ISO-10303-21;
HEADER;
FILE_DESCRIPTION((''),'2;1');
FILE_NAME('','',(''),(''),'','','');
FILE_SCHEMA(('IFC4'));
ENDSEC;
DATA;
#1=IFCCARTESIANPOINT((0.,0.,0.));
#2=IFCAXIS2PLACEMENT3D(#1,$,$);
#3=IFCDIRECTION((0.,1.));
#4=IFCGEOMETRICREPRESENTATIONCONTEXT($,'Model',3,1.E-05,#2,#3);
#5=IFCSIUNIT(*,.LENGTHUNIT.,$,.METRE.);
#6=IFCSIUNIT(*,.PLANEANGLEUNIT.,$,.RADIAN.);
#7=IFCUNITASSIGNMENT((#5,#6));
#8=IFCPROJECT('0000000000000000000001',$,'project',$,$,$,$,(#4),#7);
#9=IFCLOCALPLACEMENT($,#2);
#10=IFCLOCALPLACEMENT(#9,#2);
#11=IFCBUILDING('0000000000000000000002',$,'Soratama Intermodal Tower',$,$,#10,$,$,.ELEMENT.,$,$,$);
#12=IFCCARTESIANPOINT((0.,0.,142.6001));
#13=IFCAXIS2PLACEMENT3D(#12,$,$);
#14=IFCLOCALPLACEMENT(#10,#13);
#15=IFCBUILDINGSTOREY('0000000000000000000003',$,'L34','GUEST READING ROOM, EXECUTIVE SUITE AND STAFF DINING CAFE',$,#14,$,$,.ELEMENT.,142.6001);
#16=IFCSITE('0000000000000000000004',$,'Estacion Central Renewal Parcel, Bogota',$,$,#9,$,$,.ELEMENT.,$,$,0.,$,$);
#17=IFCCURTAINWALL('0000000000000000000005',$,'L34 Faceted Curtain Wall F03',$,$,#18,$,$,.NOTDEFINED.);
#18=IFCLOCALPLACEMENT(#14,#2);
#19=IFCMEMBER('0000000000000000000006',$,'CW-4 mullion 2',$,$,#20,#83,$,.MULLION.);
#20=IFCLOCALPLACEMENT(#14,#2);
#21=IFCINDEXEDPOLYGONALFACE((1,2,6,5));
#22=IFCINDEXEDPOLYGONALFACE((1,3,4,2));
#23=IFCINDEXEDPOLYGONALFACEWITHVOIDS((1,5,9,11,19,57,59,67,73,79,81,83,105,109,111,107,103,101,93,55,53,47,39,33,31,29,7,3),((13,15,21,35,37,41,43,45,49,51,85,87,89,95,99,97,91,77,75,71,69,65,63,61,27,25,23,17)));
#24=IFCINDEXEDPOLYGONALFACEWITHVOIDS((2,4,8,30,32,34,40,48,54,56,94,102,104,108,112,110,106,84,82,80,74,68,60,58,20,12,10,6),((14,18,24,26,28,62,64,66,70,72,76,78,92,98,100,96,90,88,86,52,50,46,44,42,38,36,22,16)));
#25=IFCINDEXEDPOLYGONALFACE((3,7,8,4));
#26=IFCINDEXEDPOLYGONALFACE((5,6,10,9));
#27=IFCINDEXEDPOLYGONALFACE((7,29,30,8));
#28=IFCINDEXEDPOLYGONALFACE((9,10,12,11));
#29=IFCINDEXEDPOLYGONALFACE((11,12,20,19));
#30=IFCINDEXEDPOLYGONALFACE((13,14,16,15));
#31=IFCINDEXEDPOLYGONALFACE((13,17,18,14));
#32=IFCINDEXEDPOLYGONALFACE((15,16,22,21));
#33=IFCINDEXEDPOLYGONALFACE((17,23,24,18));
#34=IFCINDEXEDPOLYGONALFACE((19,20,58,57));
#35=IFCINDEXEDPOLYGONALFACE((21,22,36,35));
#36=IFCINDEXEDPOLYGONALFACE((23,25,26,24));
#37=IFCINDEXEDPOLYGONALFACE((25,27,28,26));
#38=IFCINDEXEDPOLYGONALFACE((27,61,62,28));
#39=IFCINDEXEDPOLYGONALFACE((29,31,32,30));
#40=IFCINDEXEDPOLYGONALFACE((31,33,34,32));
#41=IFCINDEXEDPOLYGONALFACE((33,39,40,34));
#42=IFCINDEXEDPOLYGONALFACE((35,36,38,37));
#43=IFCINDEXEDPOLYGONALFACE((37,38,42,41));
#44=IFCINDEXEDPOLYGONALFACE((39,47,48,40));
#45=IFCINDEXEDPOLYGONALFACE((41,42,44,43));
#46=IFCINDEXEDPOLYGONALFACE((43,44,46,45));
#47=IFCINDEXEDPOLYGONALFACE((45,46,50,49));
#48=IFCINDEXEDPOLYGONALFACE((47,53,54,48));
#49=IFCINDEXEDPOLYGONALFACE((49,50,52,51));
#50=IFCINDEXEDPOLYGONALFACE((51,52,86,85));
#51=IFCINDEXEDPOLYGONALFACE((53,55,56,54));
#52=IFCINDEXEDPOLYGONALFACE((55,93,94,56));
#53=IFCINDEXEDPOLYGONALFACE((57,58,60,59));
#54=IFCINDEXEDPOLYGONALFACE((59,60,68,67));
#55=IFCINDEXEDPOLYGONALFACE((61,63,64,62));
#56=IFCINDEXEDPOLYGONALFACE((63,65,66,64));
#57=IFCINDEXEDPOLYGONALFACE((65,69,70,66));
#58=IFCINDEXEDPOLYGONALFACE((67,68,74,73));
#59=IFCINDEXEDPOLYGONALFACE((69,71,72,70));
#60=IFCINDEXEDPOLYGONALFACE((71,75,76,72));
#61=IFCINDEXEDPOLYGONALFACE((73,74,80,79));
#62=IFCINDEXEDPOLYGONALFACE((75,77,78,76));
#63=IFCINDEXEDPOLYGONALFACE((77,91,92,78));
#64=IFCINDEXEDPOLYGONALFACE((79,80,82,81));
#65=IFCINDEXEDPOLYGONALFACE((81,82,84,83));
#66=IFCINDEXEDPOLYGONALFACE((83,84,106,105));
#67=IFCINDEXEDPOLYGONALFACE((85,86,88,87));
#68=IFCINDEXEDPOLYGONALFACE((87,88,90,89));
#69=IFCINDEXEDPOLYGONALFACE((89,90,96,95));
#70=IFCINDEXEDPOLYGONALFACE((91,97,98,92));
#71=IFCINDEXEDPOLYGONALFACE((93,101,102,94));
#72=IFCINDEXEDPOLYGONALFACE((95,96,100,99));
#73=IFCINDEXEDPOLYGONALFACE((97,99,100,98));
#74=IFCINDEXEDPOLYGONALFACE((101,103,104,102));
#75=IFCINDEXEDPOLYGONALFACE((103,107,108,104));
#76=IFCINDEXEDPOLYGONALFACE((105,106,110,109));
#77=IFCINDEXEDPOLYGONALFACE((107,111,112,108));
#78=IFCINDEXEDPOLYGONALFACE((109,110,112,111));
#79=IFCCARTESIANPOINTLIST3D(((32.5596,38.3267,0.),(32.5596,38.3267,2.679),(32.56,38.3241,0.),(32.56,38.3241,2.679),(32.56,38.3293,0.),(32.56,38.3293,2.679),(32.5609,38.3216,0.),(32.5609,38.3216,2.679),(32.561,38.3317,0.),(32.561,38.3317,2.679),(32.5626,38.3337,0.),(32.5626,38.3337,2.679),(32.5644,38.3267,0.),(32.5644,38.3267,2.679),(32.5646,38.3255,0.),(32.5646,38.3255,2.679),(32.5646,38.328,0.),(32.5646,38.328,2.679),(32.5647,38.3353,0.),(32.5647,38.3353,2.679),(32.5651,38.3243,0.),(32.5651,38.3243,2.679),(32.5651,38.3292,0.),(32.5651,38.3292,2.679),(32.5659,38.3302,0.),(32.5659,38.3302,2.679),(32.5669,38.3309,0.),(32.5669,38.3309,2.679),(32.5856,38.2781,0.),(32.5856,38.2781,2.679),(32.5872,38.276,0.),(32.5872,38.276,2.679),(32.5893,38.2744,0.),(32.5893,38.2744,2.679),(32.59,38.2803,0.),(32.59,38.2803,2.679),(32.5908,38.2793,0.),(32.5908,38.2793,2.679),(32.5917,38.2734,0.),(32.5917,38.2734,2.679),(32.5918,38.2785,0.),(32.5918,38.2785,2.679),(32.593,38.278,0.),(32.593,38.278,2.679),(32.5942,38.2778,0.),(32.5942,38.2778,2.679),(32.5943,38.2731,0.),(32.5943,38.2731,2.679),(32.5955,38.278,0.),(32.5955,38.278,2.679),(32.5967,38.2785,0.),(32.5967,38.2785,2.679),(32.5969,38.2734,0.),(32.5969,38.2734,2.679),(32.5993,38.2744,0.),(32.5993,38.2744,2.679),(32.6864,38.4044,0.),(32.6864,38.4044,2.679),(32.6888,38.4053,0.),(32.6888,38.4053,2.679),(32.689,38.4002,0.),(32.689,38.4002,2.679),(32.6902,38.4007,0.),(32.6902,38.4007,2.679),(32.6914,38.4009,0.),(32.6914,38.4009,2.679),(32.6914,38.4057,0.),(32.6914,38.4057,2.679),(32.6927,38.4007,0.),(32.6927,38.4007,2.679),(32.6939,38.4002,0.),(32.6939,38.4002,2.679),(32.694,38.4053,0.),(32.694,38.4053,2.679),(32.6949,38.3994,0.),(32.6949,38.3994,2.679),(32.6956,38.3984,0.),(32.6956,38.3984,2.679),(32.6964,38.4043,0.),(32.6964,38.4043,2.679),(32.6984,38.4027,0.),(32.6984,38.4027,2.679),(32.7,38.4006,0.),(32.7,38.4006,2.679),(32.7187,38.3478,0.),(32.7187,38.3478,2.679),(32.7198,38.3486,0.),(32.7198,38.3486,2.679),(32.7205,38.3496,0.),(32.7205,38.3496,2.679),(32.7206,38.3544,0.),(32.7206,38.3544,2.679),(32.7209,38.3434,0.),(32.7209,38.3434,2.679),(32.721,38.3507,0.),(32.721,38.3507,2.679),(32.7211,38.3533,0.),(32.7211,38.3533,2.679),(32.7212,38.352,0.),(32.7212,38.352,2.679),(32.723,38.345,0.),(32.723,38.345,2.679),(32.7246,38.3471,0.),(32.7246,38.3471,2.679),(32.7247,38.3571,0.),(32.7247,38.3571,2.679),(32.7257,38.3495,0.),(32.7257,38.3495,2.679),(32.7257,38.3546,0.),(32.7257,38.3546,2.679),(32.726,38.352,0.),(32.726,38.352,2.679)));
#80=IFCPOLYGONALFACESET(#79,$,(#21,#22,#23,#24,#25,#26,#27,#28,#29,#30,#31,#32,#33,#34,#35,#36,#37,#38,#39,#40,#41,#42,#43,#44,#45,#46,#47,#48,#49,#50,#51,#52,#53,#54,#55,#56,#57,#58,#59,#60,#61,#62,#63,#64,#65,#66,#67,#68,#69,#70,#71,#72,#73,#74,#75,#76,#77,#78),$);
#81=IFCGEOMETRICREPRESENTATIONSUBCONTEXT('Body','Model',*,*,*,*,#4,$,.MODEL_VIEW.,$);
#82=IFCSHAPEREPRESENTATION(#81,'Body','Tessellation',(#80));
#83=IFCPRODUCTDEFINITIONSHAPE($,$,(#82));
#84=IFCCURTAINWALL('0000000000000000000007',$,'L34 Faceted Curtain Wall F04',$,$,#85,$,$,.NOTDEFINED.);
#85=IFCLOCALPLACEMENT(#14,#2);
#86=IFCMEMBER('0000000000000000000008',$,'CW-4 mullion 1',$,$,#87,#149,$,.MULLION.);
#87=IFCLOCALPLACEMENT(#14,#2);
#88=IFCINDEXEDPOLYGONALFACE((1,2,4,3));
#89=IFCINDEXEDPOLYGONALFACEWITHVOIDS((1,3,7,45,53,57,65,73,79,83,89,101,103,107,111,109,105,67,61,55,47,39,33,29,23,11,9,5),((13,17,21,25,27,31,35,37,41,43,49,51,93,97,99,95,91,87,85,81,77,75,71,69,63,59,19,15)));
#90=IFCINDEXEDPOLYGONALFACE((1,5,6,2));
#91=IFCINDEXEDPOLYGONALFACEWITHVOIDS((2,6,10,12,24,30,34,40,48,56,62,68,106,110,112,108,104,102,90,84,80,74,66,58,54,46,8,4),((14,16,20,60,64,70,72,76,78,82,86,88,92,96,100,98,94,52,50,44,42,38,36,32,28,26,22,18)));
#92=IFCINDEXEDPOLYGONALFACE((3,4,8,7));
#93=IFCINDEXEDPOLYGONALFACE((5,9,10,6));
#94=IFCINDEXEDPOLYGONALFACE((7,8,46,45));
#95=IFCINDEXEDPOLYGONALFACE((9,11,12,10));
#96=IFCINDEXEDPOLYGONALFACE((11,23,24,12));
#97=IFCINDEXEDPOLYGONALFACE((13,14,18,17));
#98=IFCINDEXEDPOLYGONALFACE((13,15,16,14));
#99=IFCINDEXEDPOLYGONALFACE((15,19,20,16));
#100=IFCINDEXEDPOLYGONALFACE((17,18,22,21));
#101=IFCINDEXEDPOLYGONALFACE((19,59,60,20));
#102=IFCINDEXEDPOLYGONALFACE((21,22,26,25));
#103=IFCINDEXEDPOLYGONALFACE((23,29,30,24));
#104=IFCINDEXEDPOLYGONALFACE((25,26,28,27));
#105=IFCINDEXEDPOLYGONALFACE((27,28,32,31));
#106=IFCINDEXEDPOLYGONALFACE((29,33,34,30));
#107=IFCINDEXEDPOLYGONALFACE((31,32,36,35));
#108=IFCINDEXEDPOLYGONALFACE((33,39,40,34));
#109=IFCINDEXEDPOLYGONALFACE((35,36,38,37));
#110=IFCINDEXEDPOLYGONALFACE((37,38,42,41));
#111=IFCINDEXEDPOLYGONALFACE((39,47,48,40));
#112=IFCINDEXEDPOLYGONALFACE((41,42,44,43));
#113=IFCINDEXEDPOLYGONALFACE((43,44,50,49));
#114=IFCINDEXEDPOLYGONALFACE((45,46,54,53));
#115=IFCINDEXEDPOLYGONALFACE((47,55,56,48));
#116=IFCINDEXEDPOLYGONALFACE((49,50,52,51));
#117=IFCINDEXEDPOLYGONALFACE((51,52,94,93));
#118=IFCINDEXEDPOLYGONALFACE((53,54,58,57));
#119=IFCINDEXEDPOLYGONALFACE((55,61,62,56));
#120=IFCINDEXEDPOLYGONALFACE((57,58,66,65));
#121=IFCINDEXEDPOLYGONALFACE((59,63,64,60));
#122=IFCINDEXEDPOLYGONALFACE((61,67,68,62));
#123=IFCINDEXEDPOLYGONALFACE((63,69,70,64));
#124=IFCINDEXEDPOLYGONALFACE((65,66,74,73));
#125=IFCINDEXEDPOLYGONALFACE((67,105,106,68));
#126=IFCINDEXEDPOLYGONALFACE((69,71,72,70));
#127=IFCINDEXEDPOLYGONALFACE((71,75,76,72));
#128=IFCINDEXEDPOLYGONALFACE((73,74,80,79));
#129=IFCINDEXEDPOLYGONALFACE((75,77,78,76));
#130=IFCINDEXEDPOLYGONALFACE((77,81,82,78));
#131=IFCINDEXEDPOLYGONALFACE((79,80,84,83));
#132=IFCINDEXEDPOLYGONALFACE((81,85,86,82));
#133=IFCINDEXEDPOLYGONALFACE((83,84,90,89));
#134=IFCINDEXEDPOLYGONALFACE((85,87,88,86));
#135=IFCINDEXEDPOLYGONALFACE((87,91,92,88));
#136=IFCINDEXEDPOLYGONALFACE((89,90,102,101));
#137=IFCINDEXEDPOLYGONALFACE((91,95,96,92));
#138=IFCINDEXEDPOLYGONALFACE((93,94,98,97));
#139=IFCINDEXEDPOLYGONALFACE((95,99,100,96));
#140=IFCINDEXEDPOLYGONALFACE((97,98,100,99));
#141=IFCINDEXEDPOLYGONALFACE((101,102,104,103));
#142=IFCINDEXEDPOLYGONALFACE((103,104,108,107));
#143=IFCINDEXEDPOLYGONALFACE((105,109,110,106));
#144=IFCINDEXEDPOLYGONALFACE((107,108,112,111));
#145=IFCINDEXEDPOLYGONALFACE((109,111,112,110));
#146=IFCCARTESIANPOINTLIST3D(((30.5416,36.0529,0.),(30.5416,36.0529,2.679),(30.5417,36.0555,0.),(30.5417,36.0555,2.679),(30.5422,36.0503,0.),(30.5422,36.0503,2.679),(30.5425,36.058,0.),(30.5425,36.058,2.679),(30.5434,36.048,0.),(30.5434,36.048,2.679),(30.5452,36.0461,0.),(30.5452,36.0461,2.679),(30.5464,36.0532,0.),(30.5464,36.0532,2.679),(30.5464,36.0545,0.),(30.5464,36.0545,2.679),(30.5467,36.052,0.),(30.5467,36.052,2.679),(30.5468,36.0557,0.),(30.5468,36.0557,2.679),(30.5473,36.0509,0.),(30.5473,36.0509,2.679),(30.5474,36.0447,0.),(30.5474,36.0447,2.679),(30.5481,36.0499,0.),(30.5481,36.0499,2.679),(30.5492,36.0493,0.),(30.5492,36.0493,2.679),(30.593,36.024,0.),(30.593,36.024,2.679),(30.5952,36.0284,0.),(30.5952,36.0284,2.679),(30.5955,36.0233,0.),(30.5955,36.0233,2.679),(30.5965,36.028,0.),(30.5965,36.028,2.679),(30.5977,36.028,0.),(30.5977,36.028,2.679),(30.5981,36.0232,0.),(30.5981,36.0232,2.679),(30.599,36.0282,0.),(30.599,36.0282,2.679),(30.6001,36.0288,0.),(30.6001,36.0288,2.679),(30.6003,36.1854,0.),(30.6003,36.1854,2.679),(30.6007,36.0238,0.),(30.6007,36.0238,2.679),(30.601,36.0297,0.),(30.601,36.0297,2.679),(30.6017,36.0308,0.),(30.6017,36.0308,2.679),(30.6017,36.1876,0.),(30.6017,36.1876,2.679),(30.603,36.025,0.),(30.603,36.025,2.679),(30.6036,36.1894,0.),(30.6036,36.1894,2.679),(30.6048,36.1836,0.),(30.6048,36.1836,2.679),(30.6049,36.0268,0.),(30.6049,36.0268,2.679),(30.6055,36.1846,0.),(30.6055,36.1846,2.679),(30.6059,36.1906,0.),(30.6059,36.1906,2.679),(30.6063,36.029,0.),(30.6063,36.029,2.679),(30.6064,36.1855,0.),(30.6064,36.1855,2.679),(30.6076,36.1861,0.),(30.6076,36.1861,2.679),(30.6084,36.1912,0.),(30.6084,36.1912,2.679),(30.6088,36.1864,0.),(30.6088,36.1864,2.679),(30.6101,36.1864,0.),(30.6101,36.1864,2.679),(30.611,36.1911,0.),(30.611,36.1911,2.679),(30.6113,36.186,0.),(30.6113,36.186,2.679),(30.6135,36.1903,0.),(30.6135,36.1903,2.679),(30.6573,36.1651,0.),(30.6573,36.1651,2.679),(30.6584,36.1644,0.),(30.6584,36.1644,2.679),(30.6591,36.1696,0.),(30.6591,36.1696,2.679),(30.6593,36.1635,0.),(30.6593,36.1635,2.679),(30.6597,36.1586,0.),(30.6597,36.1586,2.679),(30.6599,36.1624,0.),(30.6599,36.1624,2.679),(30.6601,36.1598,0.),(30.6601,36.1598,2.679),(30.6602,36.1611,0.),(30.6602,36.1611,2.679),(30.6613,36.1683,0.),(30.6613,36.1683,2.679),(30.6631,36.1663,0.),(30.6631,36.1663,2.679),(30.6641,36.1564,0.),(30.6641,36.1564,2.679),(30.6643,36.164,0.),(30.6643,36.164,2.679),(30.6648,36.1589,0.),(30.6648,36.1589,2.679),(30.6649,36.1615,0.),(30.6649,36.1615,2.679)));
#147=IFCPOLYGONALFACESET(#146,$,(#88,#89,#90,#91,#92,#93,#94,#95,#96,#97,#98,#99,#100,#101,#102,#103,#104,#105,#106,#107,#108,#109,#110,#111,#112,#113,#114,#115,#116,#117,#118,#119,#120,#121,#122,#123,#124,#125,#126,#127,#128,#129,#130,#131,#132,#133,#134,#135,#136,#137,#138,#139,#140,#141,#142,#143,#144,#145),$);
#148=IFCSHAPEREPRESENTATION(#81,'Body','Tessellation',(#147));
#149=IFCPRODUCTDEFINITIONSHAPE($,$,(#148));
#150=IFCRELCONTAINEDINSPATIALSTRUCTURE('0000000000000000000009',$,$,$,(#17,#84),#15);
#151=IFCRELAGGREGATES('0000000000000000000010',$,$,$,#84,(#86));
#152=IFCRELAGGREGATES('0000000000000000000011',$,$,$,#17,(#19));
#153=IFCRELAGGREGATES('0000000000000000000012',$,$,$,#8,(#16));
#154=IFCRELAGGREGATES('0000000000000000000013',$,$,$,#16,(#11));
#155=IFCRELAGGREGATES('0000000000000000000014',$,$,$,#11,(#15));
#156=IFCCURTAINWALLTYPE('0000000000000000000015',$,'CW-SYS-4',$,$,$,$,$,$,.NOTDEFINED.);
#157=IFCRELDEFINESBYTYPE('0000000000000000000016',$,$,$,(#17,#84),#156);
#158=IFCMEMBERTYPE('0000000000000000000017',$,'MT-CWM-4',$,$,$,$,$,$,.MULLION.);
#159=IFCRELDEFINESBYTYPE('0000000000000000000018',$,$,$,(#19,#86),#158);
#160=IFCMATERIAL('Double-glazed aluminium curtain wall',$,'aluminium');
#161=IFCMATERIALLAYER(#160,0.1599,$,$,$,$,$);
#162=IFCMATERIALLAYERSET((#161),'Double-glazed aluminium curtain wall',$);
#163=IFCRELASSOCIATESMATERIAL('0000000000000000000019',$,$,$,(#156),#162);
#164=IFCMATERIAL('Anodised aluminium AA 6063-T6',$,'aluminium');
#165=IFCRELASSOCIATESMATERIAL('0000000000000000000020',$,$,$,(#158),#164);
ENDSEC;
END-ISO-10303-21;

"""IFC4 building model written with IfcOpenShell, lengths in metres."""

from ifc_helpers import new_model, si_unit, direction, frame, origin, origin_2d, place, context, subcontext, project, spatial, hollow_rectangle, extrude, material, layer, layer_set, material_profile, profile_set, type_object, element, aggregate, save


model = new_model("IFC4")

# Units and contexts
model_context = context("Model", 3, precision=1e-05, world=origin(), true_north=direction((0.0, 1.0)))
body_context = subcontext(model_context, "Body", "Model", "MODEL_VIEW")
ifc_project = project(units=[si_unit("LENGTHUNIT", "METRE"), si_unit("PLANEANGLEUNIT", "RADIAN")], contexts=[model_context])

# Site, building, storey
site_placement = place(None, origin())
site = spatial("IfcSite", under=ifc_project, at=site_placement, Name="Estacion Central Renewal Parcel, Bogota", CompositionType="ELEMENT", RefElevation=0.0)
building_placement = place(site_placement, origin())
building = spatial("IfcBuilding", under=site, at=building_placement, Name="Soratama Intermodal Tower", CompositionType="ELEMENT")
storey_placement = place(building_placement, frame((0.0, 0.0, 142.6001)))
storey = spatial("IfcBuildingStorey", under=building, at=storey_placement, Name="L34", Description="GUEST READING ROOM, EXECUTIVE SUITE AND STAFF DINING CAFE", CompositionType="ELEMENT", Elevation=142.6001)

# Curtain wall, member
ifc_material_1 = material(Name="Double-glazed aluminium curtain wall", Category="aluminium")
ifc_layer_1 = layer(ifc_material_1, 0.1599)
ifc_layer_set_1 = layer_set([ifc_layer_1], Name="Double-glazed aluminium curtain wall")
curtain_wall_type = type_object("IfcCurtainWallType", Name="CW-SYS-4", PredefinedType="NOTDEFINED", material=ifc_layer_set_1)
curtain_wall_1_placement = place(storey_placement, origin())
curtain_wall_1 = element("IfcCurtainWall", 1, at=curtain_wall_1_placement, inside=storey, type_object=curtain_wall_type, Name="L34 Faceted Curtain Wall F03", PredefinedType="NOTDEFINED")
ifc_material_2 = material(Name="Anodised aluminium AA 6063-T6", Category="aluminium")
ifc_material_profile_1 = material_profile(ifc_material_2, hollow_rectangle(XDim=0.0701, YDim=0.1599, WallThickness=0.0049, InnerFilletRadius=0.0049, OuterFilletRadius=0.01, at=origin_2d()), Name="CWM160X70X5")
ifc_profile_set_1 = profile_set([ifc_material_profile_1], Name="Anodised aluminium AA 6063-T6")
member_type_1 = type_object("IfcMemberType", Name="MT-CWM-4", PredefinedType="MULLION", material=ifc_profile_set_1)
member_1_placement = place(storey_placement, frame((32.6428, 38.3394, 0.0), z_axis=(0.0, 0.0, 1.0), x_axis=(0.49364, -0.869667, 0.0)))
member_1 = element("IfcMember", 2, at=member_1_placement, type_object=member_type_1, Name="CW-4 mullion 2", PredefinedType="MULLION", context=body_context, shape_type="SweptSolid", body=[
    extrude(hollow_rectangle(XDim=0.0701, YDim=0.1599, WallThickness=0.0049, InnerFilletRadius=0.0049, OuterFilletRadius=0.01, at=origin_2d()), origin(), (0.0, 0.0, 1.0), 2.679),
])

# Curtain wall, member
curtain_wall_2_placement = place(storey_placement, origin())
curtain_wall_2 = element("IfcCurtainWall", 3, at=curtain_wall_2_placement, inside=storey, type_object=curtain_wall_type, Name="L34 Faceted Curtain Wall F04", PredefinedType="NOTDEFINED")
member_2_placement = place(storey_placement, frame((30.6033, 36.1072, 0.0), z_axis=(0.0, 0.0, 1.0), x_axis=(0.910538, -0.413425, 0.0)))
member_2 = element("IfcMember", 4, at=member_2_placement, type_object=member_type_1, Name="CW-4 mullion 1", PredefinedType="MULLION", context=body_context, shape_type="SweptSolid", body=[
    extrude(hollow_rectangle(XDim=0.0701, YDim=0.1599, WallThickness=0.0049, InnerFilletRadius=0.0049, OuterFilletRadius=0.01, at=origin_2d()), origin(), (0.0, 0.0, 1.0), 2.679),
])

aggregate(curtain_wall_2, [member_2])

aggregate(curtain_wall_1, [member_1])

save(model, "model.ifc")
